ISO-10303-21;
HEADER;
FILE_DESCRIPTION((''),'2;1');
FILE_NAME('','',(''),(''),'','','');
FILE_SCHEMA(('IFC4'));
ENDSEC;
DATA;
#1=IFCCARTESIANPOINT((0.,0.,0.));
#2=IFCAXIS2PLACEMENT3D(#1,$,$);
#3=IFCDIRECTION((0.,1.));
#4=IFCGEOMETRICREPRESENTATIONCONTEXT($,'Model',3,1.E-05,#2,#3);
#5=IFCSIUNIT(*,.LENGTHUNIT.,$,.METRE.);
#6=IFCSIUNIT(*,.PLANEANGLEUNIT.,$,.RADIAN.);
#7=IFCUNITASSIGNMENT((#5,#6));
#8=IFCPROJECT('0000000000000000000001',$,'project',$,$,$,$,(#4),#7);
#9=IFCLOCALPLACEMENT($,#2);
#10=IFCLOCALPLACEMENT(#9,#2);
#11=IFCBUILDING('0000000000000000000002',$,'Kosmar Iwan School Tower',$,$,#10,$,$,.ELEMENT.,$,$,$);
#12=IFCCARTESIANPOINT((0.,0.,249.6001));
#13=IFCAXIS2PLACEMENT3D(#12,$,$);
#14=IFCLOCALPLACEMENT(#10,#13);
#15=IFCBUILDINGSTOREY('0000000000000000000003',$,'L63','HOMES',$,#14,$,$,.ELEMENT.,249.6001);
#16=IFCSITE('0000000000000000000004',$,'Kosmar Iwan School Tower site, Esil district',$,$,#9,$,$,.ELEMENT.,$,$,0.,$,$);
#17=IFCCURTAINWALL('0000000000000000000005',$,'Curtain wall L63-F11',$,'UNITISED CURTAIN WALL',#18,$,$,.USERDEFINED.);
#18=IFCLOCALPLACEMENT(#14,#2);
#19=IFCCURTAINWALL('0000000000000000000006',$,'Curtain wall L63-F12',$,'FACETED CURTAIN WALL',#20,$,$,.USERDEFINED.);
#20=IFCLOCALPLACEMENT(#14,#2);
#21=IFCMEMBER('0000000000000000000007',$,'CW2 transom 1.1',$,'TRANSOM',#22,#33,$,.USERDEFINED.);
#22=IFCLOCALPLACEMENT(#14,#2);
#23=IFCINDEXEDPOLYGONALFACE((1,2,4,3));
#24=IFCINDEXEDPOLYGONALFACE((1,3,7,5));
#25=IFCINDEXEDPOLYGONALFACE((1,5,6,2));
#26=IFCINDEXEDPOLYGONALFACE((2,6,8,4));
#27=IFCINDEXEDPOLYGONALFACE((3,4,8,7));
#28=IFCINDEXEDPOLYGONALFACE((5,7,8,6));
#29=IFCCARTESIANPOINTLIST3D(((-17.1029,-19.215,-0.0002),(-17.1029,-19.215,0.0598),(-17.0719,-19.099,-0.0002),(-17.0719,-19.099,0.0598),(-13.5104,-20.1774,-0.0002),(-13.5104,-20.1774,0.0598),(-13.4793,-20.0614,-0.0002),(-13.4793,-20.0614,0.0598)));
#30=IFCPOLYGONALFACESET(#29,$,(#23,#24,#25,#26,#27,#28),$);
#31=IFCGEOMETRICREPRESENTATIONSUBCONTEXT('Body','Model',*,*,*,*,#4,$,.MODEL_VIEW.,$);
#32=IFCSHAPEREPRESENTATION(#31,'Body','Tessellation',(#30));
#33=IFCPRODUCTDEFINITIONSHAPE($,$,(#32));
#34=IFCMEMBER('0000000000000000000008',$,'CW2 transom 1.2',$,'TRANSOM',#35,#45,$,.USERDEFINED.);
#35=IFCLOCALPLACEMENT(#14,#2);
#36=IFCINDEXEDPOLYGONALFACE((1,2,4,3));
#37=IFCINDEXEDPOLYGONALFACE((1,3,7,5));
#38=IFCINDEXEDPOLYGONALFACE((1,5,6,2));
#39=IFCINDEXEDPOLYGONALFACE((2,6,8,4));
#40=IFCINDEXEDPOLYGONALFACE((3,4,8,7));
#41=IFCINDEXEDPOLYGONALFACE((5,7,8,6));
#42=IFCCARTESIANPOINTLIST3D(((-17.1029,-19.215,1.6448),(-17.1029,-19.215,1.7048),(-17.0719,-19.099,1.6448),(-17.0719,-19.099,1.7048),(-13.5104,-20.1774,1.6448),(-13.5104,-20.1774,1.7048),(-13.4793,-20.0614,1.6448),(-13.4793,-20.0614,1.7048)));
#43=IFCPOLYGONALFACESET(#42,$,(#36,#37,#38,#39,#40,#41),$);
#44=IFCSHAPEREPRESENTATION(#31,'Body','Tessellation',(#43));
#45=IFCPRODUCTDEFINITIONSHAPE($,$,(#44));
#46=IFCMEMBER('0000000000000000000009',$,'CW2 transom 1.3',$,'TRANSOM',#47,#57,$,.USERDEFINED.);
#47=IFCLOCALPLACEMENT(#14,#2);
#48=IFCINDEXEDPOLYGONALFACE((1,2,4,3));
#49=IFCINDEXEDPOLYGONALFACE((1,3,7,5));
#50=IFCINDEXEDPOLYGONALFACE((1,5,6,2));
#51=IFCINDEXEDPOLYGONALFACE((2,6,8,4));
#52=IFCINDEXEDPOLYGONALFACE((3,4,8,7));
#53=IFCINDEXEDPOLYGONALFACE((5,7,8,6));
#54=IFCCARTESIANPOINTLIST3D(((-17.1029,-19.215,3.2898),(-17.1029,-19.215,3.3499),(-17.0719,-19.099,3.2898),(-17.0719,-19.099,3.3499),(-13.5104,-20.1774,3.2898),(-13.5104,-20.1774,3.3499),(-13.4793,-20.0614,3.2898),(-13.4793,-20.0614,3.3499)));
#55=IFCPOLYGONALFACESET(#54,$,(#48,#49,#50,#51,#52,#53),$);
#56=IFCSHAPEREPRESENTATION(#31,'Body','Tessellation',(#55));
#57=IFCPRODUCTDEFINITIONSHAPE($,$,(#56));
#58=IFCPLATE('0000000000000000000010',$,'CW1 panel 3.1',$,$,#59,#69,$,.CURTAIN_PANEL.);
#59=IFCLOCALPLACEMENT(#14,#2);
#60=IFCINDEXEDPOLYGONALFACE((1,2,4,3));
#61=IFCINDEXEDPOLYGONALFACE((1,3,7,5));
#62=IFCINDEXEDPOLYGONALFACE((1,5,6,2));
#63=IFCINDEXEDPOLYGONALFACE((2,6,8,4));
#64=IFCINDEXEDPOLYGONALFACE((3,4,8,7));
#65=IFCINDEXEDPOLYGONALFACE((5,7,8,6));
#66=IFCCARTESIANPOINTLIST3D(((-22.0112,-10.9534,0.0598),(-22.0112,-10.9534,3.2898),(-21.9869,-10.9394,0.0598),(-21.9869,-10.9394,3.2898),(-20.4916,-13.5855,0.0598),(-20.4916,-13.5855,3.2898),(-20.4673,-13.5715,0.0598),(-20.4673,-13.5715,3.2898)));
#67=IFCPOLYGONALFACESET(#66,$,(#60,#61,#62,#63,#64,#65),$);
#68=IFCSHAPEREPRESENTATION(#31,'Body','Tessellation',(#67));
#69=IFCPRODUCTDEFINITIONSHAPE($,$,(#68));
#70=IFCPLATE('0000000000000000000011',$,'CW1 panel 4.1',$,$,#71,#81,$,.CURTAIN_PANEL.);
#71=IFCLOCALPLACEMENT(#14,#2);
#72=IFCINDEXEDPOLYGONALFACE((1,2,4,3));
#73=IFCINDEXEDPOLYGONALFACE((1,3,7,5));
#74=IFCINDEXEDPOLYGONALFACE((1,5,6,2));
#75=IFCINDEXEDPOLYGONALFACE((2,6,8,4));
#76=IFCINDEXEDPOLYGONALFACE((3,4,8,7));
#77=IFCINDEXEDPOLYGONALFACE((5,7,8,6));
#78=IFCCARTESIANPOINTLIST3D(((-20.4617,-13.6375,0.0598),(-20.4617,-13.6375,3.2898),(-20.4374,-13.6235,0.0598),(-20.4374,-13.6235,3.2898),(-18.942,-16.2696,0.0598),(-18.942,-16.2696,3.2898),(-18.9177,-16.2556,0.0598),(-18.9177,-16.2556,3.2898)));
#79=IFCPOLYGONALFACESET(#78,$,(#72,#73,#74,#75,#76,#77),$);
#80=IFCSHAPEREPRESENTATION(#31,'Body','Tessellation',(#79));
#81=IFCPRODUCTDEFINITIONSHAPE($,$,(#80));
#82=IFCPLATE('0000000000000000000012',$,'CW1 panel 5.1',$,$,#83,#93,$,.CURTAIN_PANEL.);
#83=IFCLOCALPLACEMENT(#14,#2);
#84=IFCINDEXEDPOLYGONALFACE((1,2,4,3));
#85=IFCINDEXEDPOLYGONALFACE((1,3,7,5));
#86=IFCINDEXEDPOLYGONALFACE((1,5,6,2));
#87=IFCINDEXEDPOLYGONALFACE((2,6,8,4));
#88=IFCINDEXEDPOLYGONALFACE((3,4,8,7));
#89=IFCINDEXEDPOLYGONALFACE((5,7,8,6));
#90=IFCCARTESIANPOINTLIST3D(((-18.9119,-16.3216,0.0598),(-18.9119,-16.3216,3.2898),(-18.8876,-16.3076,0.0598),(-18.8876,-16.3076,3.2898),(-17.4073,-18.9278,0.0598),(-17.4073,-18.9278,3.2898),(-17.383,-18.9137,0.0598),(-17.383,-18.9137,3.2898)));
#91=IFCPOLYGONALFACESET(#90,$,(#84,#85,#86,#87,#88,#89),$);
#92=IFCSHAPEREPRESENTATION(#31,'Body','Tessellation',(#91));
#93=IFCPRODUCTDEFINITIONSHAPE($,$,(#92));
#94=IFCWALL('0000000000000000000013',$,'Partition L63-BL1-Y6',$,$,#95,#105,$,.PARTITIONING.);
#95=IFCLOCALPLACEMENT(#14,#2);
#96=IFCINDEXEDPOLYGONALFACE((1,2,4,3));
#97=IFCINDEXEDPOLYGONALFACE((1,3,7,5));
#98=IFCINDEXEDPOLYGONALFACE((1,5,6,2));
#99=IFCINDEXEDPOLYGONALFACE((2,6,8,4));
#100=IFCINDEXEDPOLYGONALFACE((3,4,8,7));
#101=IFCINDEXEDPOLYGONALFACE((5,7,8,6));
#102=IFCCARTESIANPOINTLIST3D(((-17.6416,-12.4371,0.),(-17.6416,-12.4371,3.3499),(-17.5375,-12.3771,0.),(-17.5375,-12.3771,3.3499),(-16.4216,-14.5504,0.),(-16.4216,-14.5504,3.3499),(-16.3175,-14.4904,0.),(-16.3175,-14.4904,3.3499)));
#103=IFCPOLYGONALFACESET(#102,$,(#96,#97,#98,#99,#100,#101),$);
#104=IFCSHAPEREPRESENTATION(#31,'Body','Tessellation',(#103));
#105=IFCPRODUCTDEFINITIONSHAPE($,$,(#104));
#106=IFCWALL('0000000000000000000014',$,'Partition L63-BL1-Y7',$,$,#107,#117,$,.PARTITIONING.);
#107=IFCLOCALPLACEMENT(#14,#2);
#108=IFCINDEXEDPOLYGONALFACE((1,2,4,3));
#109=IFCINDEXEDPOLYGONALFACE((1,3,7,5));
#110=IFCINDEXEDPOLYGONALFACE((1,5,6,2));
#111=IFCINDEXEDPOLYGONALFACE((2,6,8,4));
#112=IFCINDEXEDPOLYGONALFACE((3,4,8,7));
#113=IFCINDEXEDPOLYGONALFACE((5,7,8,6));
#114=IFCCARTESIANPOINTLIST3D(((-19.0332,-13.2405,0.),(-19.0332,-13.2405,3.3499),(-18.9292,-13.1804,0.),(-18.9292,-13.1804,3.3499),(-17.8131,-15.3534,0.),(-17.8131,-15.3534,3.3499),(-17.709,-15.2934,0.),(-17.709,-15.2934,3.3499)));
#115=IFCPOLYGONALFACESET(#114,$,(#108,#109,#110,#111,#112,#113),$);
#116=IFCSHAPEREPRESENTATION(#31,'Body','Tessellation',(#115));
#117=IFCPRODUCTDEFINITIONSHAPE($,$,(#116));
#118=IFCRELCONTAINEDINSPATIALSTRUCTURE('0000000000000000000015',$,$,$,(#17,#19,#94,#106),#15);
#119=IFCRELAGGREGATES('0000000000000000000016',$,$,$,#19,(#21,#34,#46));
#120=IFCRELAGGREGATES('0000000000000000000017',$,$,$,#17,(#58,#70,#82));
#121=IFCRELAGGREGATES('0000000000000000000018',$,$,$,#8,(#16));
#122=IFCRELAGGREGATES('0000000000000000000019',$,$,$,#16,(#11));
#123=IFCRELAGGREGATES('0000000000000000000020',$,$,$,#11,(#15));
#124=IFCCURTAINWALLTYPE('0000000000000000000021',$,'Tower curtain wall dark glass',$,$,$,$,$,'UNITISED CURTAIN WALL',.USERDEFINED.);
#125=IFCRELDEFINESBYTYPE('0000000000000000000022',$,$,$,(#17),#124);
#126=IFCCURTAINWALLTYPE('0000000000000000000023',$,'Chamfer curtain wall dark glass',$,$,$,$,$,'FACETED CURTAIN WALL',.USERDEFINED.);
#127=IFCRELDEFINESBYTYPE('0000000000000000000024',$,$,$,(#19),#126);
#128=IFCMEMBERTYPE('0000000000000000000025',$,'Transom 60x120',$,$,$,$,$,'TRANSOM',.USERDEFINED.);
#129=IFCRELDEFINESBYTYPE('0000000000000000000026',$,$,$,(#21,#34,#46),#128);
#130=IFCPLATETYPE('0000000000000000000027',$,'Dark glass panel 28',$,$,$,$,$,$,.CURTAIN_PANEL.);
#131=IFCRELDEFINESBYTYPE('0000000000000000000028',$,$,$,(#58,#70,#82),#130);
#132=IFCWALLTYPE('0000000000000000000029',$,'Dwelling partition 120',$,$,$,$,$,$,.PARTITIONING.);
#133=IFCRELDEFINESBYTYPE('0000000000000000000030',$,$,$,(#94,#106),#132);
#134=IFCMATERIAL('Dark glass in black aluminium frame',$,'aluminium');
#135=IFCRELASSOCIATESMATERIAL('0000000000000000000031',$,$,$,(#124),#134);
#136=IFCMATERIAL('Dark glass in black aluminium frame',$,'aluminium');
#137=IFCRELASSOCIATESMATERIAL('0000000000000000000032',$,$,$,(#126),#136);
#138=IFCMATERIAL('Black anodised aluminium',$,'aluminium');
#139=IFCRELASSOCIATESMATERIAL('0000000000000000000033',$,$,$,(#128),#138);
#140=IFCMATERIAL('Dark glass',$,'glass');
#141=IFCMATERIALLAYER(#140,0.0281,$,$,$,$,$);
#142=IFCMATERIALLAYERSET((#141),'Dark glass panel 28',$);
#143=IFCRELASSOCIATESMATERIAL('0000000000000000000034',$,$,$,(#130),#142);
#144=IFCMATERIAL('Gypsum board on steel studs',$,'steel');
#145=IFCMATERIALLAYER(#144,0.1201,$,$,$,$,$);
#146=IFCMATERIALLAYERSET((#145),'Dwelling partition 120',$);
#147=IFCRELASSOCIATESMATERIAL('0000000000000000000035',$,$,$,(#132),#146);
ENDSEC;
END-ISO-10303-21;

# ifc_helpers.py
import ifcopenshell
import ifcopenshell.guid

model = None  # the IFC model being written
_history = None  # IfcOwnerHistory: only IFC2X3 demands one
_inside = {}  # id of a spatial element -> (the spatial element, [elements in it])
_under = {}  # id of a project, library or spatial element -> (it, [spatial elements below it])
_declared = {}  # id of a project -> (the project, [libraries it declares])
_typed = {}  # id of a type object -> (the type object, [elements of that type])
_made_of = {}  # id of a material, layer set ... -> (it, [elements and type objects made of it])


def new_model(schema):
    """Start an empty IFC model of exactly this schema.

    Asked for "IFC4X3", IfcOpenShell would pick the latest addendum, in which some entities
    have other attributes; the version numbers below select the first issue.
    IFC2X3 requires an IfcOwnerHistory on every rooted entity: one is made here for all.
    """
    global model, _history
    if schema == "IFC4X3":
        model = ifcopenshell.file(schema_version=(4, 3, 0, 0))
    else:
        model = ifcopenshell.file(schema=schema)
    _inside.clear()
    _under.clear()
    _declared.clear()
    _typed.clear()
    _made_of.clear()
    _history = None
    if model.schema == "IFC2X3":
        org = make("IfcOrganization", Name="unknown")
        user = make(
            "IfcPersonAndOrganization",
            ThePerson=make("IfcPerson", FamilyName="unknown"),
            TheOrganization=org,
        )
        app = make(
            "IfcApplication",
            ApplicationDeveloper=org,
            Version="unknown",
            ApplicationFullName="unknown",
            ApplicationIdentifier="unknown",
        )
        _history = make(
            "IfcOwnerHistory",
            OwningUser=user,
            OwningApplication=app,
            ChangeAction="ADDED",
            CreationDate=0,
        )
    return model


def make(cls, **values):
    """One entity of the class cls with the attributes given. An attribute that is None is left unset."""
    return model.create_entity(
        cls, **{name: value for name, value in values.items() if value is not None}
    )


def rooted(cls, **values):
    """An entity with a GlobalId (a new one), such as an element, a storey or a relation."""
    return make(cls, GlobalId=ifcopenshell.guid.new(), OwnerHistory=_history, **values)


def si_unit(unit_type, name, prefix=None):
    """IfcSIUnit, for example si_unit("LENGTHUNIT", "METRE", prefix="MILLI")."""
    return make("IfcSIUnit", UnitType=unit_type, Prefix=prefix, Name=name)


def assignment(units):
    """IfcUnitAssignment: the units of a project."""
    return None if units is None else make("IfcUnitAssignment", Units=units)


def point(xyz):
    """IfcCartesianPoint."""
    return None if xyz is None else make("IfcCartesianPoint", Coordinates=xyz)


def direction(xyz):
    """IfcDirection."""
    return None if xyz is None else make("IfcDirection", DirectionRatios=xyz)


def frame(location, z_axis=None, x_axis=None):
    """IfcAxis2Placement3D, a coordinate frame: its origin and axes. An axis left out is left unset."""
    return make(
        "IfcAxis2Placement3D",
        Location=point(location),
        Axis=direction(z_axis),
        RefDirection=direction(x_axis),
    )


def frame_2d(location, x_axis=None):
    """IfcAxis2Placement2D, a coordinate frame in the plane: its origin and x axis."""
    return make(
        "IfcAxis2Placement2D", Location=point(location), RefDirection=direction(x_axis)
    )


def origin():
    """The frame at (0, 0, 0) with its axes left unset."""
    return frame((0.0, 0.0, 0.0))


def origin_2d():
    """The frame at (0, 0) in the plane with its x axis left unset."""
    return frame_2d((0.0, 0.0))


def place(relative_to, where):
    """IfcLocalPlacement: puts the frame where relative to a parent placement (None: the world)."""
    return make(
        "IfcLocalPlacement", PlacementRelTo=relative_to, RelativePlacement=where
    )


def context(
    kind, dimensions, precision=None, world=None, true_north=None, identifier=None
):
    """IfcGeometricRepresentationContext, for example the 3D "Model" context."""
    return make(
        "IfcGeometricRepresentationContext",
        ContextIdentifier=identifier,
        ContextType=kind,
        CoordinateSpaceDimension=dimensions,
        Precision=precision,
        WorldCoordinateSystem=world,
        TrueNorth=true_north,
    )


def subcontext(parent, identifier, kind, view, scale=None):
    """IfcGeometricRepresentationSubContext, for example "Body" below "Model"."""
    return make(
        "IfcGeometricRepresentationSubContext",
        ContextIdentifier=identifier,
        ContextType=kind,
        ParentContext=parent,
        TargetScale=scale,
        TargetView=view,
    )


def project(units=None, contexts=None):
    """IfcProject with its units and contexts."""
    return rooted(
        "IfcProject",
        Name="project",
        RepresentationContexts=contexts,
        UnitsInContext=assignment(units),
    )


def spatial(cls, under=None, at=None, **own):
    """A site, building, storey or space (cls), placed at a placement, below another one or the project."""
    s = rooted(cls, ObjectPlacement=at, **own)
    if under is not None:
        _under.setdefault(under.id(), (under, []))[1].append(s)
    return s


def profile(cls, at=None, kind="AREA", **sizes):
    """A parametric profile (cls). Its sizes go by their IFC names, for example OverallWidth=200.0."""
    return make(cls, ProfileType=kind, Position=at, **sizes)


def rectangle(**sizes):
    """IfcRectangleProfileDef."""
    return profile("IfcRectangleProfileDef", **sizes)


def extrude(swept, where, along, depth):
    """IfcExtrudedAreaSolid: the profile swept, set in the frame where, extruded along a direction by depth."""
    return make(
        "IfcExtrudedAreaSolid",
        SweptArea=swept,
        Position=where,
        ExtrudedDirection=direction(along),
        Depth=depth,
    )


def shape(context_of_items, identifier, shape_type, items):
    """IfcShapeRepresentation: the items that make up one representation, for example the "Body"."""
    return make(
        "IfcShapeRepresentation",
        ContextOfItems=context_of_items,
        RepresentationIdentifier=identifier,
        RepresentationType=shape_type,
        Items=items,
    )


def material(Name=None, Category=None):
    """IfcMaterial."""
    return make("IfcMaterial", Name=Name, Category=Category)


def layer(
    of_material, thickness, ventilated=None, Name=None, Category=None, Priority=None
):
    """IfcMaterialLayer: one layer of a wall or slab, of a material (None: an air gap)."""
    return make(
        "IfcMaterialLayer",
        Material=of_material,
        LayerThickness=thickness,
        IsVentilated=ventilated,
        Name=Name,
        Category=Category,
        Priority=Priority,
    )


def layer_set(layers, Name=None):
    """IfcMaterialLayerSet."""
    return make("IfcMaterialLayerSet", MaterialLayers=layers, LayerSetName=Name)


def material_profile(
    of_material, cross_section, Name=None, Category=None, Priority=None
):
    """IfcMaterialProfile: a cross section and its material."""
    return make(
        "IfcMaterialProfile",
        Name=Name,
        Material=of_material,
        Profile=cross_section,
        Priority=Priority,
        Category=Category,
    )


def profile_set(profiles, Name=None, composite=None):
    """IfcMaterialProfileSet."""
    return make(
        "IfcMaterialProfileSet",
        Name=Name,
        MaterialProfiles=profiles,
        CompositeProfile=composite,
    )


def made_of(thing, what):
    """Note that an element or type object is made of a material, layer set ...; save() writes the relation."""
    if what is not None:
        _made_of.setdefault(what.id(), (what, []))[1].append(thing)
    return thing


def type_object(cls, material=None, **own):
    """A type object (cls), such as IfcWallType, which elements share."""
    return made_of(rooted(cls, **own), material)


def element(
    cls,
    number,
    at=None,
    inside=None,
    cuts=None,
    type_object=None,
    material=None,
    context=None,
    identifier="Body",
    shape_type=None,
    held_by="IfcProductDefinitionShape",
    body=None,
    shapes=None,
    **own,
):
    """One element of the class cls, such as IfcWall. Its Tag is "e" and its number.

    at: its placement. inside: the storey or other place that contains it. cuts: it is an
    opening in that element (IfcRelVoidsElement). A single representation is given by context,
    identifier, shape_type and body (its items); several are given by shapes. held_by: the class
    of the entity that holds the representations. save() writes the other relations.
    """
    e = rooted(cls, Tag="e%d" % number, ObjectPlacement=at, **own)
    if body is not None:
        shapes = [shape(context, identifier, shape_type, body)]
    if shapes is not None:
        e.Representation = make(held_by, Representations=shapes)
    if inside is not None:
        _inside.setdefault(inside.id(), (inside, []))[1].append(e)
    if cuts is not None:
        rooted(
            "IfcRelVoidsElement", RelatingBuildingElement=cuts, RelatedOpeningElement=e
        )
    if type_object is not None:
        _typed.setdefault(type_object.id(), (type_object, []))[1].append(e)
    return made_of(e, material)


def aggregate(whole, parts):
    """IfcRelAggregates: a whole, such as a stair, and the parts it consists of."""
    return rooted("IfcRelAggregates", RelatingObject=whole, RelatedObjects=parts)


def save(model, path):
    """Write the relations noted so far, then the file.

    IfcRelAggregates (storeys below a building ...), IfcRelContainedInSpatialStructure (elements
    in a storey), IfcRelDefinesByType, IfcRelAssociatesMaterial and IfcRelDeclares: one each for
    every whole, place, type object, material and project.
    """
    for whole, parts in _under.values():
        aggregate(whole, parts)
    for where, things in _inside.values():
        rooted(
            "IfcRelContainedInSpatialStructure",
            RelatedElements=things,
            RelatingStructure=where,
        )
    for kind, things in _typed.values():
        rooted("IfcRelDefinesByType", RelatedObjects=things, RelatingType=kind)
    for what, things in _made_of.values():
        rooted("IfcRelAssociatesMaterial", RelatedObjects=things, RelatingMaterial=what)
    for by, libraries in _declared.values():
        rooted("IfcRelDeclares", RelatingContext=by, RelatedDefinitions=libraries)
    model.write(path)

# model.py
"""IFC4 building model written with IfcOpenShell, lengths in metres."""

from ifc_helpers import new_model, si_unit, direction, frame, frame_2d, origin, origin_2d, place, context, subcontext, project, spatial, rectangle, extrude, material, layer, layer_set, material_profile, profile_set, type_object, element, aggregate, save


model = new_model("IFC4")

# Units and contexts
model_context = context("Model", 3, precision=1e-05, world=origin(), true_north=direction((0.0, 1.0)))
body_context = subcontext(model_context, "Body", "Model", "MODEL_VIEW")
ifc_project = project(units=[si_unit("LENGTHUNIT", "METRE"), si_unit("PLANEANGLEUNIT", "RADIAN")], contexts=[model_context])

# Site, building, storey
site_placement = place(None, origin())
site = spatial("IfcSite", under=ifc_project, at=site_placement, Name="Kosmar Iwan School Tower site, Esil district", CompositionType="ELEMENT", RefElevation=0.0)
building_placement = place(site_placement, origin())
building = spatial("IfcBuilding", under=site, at=building_placement, Name="Kosmar Iwan School Tower", CompositionType="ELEMENT")
storey_placement = place(building_placement, frame((0.0, 0.0, 249.6001)))
storey = spatial("IfcBuildingStorey", under=building, at=storey_placement, Name="L63", Description="HOMES", CompositionType="ELEMENT", Elevation=249.6001)

# Curtain wall
ifc_material_1 = material(Name="Dark glass in black aluminium frame", Category="aluminium")
curtain_wall_type_1 = type_object("IfcCurtainWallType", Name="Tower curtain wall dark glass", ElementType="UNITISED CURTAIN WALL", PredefinedType="USERDEFINED", material=ifc_material_1)
curtain_wall_1_placement = place(storey_placement, origin())
curtain_wall_1 = element("IfcCurtainWall", 1, at=curtain_wall_1_placement, inside=storey, type_object=curtain_wall_type_1, Name="Curtain wall L63-F11", ObjectType="UNITISED CURTAIN WALL", PredefinedType="USERDEFINED")

# Curtain wall
ifc_material_2 = material(Name="Dark glass in black aluminium frame", Category="aluminium")
curtain_wall_type_2 = type_object("IfcCurtainWallType", Name="Chamfer curtain wall dark glass", ElementType="FACETED CURTAIN WALL", PredefinedType="USERDEFINED", material=ifc_material_2)
curtain_wall_2_placement = place(storey_placement, origin())
curtain_wall_2 = element("IfcCurtainWall", 2, at=curtain_wall_2_placement, inside=storey, type_object=curtain_wall_type_2, Name="Curtain wall L63-F12", ObjectType="FACETED CURTAIN WALL", PredefinedType="USERDEFINED")

# Members
ifc_material_3 = material(Name="Black anodised aluminium", Category="aluminium")
ifc_material_profile_1 = material_profile(ifc_material_3, rectangle(XDim=0.1201, YDim=0.0601, at=origin_2d()), Name="TRANSOM 60x120")
ifc_profile_set_1 = profile_set([ifc_material_profile_1], Name="Black anodised aluminium")
member_type_1 = type_object("IfcMemberType", Name="Transom 60x120", ElementType="TRANSOM", PredefinedType="USERDEFINED", material=ifc_profile_set_1)
member_1_placement = place(storey_placement, frame((-17.0874, -19.157, 0.0298), z_axis=(0.96594, -0.258766, 0.0), x_axis=(0.258766, 0.96594, 0.0)))
member_1 = element("IfcMember", 3, at=member_1_placement, type_object=member_type_1, Name="CW2 transom 1.1", ObjectType="TRANSOM", PredefinedType="USERDEFINED", context=body_context, shape_type="SweptSolid", body=[
    extrude(rectangle(XDim=0.1201, YDim=0.0601, at=origin_2d()), origin(), (0.0, 0.0, 1.0), 3.7192),
])
member_2_placement = place(storey_placement, frame((-17.0874, -19.157, 1.6748), z_axis=(0.96594, -0.258766, 0.0), x_axis=(0.258766, 0.96594, 0.0)))
member_2 = element("IfcMember", 4, at=member_2_placement, type_object=member_type_1, Name="CW2 transom 1.2", ObjectType="TRANSOM", PredefinedType="USERDEFINED", context=body_context, shape_type="SweptSolid", body=[
    extrude(rectangle(XDim=0.1201, YDim=0.0601, at=origin_2d()), origin(), (0.0, 0.0, 1.0), 3.7192),
])
member_3_placement = place(storey_placement, frame((-17.0874, -19.157, 3.3198), z_axis=(0.96594, -0.258766, 0.0), x_axis=(0.258766, 0.96594, 0.0)))
member_3 = element("IfcMember", 5, at=member_3_placement, type_object=member_type_1, Name="CW2 transom 1.3", ObjectType="TRANSOM", PredefinedType="USERDEFINED", context=body_context, shape_type="SweptSolid", body=[
    extrude(rectangle(XDim=0.1201, YDim=0.0601, at=origin_2d()), origin(), (0.0, 0.0, 1.0), 3.7192),
])
aggregate(curtain_wall_2, [member_1, member_2, member_3])

# Plates
ifc_material_4 = material(Name="Dark glass", Category="glass")
ifc_layer_1 = layer(ifc_material_4, 0.0281)
ifc_layer_set_1 = layer_set([ifc_layer_1], Name="Dark glass panel 28")
plate_type = type_object("IfcPlateType", Name="Dark glass panel 28", PredefinedType="CURTAIN_PANEL", material=ifc_layer_set_1)
plate_1_placement = place(storey_placement, frame((-21.2393, -12.2625, 0.0598), z_axis=(0.0, 0.0, 1.0), x_axis=(0.5, -0.866025, 0.0)))
plate_1 = element("IfcPlate", 6, at=plate_1_placement, type_object=plate_type, Name="CW1 panel 3.1", PredefinedType="CURTAIN_PANEL", context=body_context, shape_type="SweptSolid", body=[
    extrude(rectangle(XDim=3.0393, YDim=0.0281, at=origin_2d()), origin(), (0.0, 0.0, 1.0), 3.23),
])
plate_2_placement = place(storey_placement, frame((-19.6897, -14.9465, 0.0598), z_axis=(0.0, 0.0, 1.0), x_axis=(0.5, -0.866025, 0.0)))
plate_2 = element("IfcPlate", 7, at=plate_2_placement, type_object=plate_type, Name="CW1 panel 4.1", PredefinedType="CURTAIN_PANEL", context=body_context, shape_type="SweptSolid", body=[
    extrude(rectangle(XDim=3.0393, YDim=0.0281, at=origin_2d()), origin(), (0.0, 0.0, 1.0), 3.23),
])
plate_3_placement = place(storey_placement, frame((-18.1475, -17.6177, 0.0598), z_axis=(0.0, 0.0, 1.0), x_axis=(0.5, -0.866025, 0.0)))
plate_3 = element("IfcPlate", 8, at=plate_3_placement, type_object=plate_type, Name="CW1 panel 5.1", PredefinedType="CURTAIN_PANEL", context=body_context, shape_type="SweptSolid", body=[
    extrude(rectangle(XDim=3.0093, YDim=0.0281, at=origin_2d()), origin(), (0.0, 0.0, 1.0), 3.23),
])
aggregate(curtain_wall_1, [plate_1, plate_2, plate_3])

# Walls
ifc_material_5 = material(Name="Gypsum board on steel studs", Category="steel")
ifc_layer_2 = layer(ifc_material_5, 0.1201)
ifc_layer_set_2 = layer_set([ifc_layer_2], Name="Dwelling partition 120")
wall_type = type_object("IfcWallType", Name="Dwelling partition 120", PredefinedType="PARTITIONING", material=ifc_layer_set_2)
wall_1_placement = place(storey_placement, frame((-17.5896, -12.407, 0.0), z_axis=(0.0, 0.0, 1.0), x_axis=(0.499959, -0.866049, 0.0)))
element("IfcWall", 9, at=wall_1_placement, inside=storey, type_object=wall_type, Name="Partition L63-BL1-Y6", PredefinedType="PARTITIONING", context=body_context, shape_type="SweptSolid", body=[
    extrude(rectangle(XDim=2.4402, YDim=0.1201, at=frame_2d((1.2202, 0.0))), origin(), (0.0, 0.0, 1.0), 3.3499),
])
wall_2_placement = place(storey_placement, frame((-18.9812, -13.2104, 0.0), z_axis=(0.0, 0.0, 1.0), x_axis=(0.500078, -0.865981, 0.0)))
element("IfcWall", 10, at=wall_2_placement, inside=storey, type_object=wall_type, Name="Partition L63-BL1-Y7", PredefinedType="PARTITIONING", context=body_context, shape_type="SweptSolid", body=[
    extrude(rectangle(XDim=2.4399, YDim=0.1201, at=frame_2d((1.22, 0.0))), origin(), (0.0, 0.0, 1.0), 3.3499),
])

save(model, "model.ifc")
